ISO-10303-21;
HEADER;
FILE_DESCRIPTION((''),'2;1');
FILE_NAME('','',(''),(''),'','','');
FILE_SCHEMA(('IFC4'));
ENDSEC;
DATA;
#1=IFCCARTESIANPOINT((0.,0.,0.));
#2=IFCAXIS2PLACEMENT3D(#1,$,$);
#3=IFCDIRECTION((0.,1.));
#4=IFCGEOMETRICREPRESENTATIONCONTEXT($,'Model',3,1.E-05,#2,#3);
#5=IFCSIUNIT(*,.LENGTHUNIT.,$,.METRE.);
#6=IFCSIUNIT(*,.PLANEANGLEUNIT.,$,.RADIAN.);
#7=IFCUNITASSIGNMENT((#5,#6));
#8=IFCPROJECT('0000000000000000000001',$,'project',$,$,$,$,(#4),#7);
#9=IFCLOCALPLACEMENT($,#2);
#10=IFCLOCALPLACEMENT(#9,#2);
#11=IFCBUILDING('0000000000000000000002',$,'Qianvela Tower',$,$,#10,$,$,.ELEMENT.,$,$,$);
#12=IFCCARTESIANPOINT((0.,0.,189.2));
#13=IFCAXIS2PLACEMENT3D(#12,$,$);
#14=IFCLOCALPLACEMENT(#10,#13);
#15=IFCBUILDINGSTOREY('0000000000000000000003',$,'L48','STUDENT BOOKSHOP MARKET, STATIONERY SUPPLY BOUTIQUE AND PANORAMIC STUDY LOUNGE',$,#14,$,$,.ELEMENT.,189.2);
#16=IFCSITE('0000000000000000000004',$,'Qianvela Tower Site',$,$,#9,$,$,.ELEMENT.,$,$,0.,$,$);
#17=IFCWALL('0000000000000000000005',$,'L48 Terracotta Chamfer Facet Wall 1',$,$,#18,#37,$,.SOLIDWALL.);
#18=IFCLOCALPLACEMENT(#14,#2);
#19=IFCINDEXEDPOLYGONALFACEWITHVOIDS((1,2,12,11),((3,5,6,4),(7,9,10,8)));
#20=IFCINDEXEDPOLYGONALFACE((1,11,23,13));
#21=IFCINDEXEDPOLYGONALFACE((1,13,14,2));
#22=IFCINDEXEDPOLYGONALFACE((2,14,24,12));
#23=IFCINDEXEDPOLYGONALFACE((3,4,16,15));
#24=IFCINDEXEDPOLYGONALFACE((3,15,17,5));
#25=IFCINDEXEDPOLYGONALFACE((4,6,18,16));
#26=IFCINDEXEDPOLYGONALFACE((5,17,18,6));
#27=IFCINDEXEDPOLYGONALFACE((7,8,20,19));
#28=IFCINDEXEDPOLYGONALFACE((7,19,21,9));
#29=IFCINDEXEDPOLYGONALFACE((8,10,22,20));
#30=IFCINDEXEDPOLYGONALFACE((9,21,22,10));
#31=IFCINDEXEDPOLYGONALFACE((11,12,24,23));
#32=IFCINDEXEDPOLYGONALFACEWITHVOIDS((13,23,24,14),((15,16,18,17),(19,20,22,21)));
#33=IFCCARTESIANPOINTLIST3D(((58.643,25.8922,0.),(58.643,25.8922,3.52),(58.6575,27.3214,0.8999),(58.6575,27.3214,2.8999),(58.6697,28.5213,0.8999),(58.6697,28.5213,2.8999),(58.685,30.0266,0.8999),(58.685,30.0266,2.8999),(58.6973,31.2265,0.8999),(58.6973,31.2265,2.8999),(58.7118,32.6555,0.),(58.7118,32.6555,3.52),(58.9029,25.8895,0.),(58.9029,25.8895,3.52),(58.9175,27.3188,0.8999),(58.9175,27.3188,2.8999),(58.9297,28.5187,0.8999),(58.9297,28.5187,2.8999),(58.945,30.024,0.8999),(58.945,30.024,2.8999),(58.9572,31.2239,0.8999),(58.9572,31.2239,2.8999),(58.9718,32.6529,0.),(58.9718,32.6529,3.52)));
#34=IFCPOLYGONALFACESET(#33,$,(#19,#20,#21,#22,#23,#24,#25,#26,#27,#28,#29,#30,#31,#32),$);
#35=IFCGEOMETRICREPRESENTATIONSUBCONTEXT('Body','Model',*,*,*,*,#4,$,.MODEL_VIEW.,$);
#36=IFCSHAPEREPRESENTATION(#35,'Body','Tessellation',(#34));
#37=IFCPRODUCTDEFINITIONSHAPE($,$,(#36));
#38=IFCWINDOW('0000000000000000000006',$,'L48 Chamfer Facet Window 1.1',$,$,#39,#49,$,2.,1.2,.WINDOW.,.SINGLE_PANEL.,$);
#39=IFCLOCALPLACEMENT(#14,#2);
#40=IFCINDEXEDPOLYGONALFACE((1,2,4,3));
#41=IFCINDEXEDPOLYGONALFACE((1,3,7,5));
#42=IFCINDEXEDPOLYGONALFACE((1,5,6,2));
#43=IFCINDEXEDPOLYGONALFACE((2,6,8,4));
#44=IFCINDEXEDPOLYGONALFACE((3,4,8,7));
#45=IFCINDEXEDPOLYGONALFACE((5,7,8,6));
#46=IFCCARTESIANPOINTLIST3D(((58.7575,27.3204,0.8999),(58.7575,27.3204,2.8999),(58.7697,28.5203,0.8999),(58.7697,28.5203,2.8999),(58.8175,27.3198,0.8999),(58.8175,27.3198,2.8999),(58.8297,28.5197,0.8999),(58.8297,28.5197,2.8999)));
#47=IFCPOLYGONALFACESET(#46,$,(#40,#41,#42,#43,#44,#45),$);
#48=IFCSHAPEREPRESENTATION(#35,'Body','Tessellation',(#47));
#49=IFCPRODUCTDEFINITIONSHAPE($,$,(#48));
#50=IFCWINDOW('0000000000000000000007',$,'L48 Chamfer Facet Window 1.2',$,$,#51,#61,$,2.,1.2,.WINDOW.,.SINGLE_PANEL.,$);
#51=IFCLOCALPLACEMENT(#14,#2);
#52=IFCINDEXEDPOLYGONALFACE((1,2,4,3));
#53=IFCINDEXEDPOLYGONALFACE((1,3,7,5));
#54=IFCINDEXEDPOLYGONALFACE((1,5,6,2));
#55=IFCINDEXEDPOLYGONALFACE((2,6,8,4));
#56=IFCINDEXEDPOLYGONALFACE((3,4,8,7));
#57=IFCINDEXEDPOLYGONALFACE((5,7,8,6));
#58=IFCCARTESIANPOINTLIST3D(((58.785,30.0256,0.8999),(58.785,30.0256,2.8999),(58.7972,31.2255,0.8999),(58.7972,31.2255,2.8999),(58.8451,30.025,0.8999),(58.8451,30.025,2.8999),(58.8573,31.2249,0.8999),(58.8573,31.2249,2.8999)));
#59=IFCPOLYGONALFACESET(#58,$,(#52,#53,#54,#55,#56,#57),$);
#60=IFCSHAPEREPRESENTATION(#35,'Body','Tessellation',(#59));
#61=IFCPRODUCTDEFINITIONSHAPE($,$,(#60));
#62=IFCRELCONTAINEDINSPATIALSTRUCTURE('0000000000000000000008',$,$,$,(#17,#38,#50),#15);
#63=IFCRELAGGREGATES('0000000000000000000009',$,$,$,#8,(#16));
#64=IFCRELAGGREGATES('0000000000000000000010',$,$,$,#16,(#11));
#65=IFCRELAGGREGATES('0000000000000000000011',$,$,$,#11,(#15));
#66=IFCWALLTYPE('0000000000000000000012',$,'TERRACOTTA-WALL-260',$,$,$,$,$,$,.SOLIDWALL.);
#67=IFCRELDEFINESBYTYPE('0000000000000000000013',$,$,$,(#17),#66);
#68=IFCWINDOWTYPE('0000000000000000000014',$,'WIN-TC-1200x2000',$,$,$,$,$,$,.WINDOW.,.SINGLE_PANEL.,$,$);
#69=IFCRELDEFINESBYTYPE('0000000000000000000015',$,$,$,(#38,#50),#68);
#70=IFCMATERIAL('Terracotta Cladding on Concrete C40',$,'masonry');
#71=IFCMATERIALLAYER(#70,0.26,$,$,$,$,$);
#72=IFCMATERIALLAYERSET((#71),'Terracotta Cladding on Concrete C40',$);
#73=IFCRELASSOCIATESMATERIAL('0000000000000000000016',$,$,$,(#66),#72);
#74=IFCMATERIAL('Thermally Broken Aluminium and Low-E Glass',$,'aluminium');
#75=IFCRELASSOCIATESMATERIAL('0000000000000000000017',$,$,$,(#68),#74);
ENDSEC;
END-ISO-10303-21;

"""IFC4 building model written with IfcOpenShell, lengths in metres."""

from ifc_helpers import new_model, si_unit, direction, frame, frame_2d, origin, place, context, subcontext, project, spatial, rectangle, extrude, material, layer, layer_set, type_object, element, fill, save


model = new_model("IFC4")

# Units and contexts
model_context = context("Model", 3, precision=1e-05, world=origin(), true_north=direction((0.0, 1.0)))
body_context = subcontext(model_context, "Body", "Model", "MODEL_VIEW")
ifc_project = project(units=[si_unit("LENGTHUNIT", "METRE"), si_unit("PLANEANGLEUNIT", "RADIAN")], contexts=[model_context])

# Site, building, storey
site_placement = place(None, origin())
site = spatial("IfcSite", under=ifc_project, at=site_placement, Name="Qianvela Tower Site", CompositionType="ELEMENT", RefElevation=0.0)
building_placement = place(site_placement, origin())
building = spatial("IfcBuilding", under=site, at=building_placement, Name="Qianvela Tower", CompositionType="ELEMENT")
storey_placement = place(building_placement, frame((0.0, 0.0, 189.2)))
storey = spatial("IfcBuildingStorey", under=building, at=storey_placement, Name="L48", Description="STUDENT BOOKSHOP MARKET, STATIONERY SUPPLY BOUTIQUE AND PANORAMIC STUDY LOUNGE", CompositionType="ELEMENT", Elevation=189.2)

# Wall, openings, windows
ifc_material_1 = material(Name="Terracotta Cladding on Concrete C40", Category="masonry")
ifc_layer_1 = layer(ifc_material_1, 0.26)
ifc_layer_set_1 = layer_set([ifc_layer_1], Name="Terracotta Cladding on Concrete C40")
wall_type = type_object("IfcWallType", Name="TERRACOTTA-WALL-260", PredefinedType="SOLIDWALL", material=ifc_layer_set_1)
wall_placement = place(storey_placement, frame((58.7729, 25.8909, 0.0), z_axis=(0.0, 0.0, 1.0), x_axis=(0.010179, 0.999948, 0.0)))
wall = element("IfcWall", 1, at=wall_placement, inside=storey, type_object=wall_type, Name="L48 Terracotta Chamfer Facet Wall 1", PredefinedType="SOLIDWALL", context=body_context, shape_type="SweptSolid", body=[
    extrude(rectangle(XDim=6.7637, YDim=0.26, at=frame_2d((3.3818, 0.0))), origin(), (0.0, 0.0, 1.0), 3.52),
])
opening_1_placement = place(wall_placement, frame((1.4292, 0.0, 0.8999)))
opening_1 = element("IfcOpeningElement", 2, at=opening_1_placement, cuts=wall, PredefinedType="OPENING", context=body_context, shape_type="SweptSolid", body=[
    extrude(rectangle(XDim=1.2, YDim=2.0, at=frame_2d((0.6001, 1.0))), frame((0.0, 0.1399, 0.0), z_axis=(0.0, -1.0, 0.0), x_axis=(1.0, 0.0, 0.0)), (0.0, 0.0, 1.0), 0.28),
])
opening_2_placement = place(wall_placement, frame((4.1345, 0.0, 0.8999)))
opening_2 = element("IfcOpeningElement", 3, at=opening_2_placement, cuts=wall, PredefinedType="OPENING", context=body_context, shape_type="SweptSolid", body=[
    extrude(rectangle(XDim=1.2, YDim=2.0, at=frame_2d((0.6001, 1.0))), frame((0.0, 0.1399, 0.0), z_axis=(0.0, -1.0, 0.0), x_axis=(1.0, 0.0, 0.0)), (0.0, 0.0, 1.0), 0.28),
])
ifc_material_2 = material(Name="Thermally Broken Aluminium and Low-E Glass", Category="aluminium")
window_type = type_object("IfcWindowType", Name="WIN-TC-1200x2000", PartitioningType="SINGLE_PANEL", PredefinedType="WINDOW", material=ifc_material_2)
window_1_placement = place(opening_1_placement, origin())
window_1 = element("IfcWindow", 4, at=window_1_placement, inside=storey, type_object=window_type, Name="L48 Chamfer Facet Window 1.1", OverallHeight=2.0, OverallWidth=1.2, PartitioningType="SINGLE_PANEL", PredefinedType="WINDOW", context=body_context, shape_type="SweptSolid", body=[
    extrude(rectangle(XDim=1.2, YDim=2.0, at=frame_2d((0.6001, 1.0))), frame((0.0, 0.03, 0.0), z_axis=(0.0, -1.0, 0.0), x_axis=(1.0, 0.0, 0.0)), (0.0, 0.0, 1.0), 0.0601),
])
fill(opening_1, window_1)
window_2_placement = place(opening_2_placement, origin())
window_2 = element("IfcWindow", 5, at=window_2_placement, inside=storey, type_object=window_type, Name="L48 Chamfer Facet Window 1.2", OverallHeight=2.0, OverallWidth=1.2, PartitioningType="SINGLE_PANEL", PredefinedType="WINDOW", context=body_context, shape_type="SweptSolid", body=[
    extrude(rectangle(XDim=1.2, YDim=2.0, at=frame_2d((0.6001, 1.0))), frame((0.0, 0.03, 0.0), z_axis=(0.0, -1.0, 0.0), x_axis=(1.0, 0.0, 0.0)), (0.0, 0.0, 1.0), 0.0601),
])
fill(opening_2, window_2)

save(model, "model.ifc")
